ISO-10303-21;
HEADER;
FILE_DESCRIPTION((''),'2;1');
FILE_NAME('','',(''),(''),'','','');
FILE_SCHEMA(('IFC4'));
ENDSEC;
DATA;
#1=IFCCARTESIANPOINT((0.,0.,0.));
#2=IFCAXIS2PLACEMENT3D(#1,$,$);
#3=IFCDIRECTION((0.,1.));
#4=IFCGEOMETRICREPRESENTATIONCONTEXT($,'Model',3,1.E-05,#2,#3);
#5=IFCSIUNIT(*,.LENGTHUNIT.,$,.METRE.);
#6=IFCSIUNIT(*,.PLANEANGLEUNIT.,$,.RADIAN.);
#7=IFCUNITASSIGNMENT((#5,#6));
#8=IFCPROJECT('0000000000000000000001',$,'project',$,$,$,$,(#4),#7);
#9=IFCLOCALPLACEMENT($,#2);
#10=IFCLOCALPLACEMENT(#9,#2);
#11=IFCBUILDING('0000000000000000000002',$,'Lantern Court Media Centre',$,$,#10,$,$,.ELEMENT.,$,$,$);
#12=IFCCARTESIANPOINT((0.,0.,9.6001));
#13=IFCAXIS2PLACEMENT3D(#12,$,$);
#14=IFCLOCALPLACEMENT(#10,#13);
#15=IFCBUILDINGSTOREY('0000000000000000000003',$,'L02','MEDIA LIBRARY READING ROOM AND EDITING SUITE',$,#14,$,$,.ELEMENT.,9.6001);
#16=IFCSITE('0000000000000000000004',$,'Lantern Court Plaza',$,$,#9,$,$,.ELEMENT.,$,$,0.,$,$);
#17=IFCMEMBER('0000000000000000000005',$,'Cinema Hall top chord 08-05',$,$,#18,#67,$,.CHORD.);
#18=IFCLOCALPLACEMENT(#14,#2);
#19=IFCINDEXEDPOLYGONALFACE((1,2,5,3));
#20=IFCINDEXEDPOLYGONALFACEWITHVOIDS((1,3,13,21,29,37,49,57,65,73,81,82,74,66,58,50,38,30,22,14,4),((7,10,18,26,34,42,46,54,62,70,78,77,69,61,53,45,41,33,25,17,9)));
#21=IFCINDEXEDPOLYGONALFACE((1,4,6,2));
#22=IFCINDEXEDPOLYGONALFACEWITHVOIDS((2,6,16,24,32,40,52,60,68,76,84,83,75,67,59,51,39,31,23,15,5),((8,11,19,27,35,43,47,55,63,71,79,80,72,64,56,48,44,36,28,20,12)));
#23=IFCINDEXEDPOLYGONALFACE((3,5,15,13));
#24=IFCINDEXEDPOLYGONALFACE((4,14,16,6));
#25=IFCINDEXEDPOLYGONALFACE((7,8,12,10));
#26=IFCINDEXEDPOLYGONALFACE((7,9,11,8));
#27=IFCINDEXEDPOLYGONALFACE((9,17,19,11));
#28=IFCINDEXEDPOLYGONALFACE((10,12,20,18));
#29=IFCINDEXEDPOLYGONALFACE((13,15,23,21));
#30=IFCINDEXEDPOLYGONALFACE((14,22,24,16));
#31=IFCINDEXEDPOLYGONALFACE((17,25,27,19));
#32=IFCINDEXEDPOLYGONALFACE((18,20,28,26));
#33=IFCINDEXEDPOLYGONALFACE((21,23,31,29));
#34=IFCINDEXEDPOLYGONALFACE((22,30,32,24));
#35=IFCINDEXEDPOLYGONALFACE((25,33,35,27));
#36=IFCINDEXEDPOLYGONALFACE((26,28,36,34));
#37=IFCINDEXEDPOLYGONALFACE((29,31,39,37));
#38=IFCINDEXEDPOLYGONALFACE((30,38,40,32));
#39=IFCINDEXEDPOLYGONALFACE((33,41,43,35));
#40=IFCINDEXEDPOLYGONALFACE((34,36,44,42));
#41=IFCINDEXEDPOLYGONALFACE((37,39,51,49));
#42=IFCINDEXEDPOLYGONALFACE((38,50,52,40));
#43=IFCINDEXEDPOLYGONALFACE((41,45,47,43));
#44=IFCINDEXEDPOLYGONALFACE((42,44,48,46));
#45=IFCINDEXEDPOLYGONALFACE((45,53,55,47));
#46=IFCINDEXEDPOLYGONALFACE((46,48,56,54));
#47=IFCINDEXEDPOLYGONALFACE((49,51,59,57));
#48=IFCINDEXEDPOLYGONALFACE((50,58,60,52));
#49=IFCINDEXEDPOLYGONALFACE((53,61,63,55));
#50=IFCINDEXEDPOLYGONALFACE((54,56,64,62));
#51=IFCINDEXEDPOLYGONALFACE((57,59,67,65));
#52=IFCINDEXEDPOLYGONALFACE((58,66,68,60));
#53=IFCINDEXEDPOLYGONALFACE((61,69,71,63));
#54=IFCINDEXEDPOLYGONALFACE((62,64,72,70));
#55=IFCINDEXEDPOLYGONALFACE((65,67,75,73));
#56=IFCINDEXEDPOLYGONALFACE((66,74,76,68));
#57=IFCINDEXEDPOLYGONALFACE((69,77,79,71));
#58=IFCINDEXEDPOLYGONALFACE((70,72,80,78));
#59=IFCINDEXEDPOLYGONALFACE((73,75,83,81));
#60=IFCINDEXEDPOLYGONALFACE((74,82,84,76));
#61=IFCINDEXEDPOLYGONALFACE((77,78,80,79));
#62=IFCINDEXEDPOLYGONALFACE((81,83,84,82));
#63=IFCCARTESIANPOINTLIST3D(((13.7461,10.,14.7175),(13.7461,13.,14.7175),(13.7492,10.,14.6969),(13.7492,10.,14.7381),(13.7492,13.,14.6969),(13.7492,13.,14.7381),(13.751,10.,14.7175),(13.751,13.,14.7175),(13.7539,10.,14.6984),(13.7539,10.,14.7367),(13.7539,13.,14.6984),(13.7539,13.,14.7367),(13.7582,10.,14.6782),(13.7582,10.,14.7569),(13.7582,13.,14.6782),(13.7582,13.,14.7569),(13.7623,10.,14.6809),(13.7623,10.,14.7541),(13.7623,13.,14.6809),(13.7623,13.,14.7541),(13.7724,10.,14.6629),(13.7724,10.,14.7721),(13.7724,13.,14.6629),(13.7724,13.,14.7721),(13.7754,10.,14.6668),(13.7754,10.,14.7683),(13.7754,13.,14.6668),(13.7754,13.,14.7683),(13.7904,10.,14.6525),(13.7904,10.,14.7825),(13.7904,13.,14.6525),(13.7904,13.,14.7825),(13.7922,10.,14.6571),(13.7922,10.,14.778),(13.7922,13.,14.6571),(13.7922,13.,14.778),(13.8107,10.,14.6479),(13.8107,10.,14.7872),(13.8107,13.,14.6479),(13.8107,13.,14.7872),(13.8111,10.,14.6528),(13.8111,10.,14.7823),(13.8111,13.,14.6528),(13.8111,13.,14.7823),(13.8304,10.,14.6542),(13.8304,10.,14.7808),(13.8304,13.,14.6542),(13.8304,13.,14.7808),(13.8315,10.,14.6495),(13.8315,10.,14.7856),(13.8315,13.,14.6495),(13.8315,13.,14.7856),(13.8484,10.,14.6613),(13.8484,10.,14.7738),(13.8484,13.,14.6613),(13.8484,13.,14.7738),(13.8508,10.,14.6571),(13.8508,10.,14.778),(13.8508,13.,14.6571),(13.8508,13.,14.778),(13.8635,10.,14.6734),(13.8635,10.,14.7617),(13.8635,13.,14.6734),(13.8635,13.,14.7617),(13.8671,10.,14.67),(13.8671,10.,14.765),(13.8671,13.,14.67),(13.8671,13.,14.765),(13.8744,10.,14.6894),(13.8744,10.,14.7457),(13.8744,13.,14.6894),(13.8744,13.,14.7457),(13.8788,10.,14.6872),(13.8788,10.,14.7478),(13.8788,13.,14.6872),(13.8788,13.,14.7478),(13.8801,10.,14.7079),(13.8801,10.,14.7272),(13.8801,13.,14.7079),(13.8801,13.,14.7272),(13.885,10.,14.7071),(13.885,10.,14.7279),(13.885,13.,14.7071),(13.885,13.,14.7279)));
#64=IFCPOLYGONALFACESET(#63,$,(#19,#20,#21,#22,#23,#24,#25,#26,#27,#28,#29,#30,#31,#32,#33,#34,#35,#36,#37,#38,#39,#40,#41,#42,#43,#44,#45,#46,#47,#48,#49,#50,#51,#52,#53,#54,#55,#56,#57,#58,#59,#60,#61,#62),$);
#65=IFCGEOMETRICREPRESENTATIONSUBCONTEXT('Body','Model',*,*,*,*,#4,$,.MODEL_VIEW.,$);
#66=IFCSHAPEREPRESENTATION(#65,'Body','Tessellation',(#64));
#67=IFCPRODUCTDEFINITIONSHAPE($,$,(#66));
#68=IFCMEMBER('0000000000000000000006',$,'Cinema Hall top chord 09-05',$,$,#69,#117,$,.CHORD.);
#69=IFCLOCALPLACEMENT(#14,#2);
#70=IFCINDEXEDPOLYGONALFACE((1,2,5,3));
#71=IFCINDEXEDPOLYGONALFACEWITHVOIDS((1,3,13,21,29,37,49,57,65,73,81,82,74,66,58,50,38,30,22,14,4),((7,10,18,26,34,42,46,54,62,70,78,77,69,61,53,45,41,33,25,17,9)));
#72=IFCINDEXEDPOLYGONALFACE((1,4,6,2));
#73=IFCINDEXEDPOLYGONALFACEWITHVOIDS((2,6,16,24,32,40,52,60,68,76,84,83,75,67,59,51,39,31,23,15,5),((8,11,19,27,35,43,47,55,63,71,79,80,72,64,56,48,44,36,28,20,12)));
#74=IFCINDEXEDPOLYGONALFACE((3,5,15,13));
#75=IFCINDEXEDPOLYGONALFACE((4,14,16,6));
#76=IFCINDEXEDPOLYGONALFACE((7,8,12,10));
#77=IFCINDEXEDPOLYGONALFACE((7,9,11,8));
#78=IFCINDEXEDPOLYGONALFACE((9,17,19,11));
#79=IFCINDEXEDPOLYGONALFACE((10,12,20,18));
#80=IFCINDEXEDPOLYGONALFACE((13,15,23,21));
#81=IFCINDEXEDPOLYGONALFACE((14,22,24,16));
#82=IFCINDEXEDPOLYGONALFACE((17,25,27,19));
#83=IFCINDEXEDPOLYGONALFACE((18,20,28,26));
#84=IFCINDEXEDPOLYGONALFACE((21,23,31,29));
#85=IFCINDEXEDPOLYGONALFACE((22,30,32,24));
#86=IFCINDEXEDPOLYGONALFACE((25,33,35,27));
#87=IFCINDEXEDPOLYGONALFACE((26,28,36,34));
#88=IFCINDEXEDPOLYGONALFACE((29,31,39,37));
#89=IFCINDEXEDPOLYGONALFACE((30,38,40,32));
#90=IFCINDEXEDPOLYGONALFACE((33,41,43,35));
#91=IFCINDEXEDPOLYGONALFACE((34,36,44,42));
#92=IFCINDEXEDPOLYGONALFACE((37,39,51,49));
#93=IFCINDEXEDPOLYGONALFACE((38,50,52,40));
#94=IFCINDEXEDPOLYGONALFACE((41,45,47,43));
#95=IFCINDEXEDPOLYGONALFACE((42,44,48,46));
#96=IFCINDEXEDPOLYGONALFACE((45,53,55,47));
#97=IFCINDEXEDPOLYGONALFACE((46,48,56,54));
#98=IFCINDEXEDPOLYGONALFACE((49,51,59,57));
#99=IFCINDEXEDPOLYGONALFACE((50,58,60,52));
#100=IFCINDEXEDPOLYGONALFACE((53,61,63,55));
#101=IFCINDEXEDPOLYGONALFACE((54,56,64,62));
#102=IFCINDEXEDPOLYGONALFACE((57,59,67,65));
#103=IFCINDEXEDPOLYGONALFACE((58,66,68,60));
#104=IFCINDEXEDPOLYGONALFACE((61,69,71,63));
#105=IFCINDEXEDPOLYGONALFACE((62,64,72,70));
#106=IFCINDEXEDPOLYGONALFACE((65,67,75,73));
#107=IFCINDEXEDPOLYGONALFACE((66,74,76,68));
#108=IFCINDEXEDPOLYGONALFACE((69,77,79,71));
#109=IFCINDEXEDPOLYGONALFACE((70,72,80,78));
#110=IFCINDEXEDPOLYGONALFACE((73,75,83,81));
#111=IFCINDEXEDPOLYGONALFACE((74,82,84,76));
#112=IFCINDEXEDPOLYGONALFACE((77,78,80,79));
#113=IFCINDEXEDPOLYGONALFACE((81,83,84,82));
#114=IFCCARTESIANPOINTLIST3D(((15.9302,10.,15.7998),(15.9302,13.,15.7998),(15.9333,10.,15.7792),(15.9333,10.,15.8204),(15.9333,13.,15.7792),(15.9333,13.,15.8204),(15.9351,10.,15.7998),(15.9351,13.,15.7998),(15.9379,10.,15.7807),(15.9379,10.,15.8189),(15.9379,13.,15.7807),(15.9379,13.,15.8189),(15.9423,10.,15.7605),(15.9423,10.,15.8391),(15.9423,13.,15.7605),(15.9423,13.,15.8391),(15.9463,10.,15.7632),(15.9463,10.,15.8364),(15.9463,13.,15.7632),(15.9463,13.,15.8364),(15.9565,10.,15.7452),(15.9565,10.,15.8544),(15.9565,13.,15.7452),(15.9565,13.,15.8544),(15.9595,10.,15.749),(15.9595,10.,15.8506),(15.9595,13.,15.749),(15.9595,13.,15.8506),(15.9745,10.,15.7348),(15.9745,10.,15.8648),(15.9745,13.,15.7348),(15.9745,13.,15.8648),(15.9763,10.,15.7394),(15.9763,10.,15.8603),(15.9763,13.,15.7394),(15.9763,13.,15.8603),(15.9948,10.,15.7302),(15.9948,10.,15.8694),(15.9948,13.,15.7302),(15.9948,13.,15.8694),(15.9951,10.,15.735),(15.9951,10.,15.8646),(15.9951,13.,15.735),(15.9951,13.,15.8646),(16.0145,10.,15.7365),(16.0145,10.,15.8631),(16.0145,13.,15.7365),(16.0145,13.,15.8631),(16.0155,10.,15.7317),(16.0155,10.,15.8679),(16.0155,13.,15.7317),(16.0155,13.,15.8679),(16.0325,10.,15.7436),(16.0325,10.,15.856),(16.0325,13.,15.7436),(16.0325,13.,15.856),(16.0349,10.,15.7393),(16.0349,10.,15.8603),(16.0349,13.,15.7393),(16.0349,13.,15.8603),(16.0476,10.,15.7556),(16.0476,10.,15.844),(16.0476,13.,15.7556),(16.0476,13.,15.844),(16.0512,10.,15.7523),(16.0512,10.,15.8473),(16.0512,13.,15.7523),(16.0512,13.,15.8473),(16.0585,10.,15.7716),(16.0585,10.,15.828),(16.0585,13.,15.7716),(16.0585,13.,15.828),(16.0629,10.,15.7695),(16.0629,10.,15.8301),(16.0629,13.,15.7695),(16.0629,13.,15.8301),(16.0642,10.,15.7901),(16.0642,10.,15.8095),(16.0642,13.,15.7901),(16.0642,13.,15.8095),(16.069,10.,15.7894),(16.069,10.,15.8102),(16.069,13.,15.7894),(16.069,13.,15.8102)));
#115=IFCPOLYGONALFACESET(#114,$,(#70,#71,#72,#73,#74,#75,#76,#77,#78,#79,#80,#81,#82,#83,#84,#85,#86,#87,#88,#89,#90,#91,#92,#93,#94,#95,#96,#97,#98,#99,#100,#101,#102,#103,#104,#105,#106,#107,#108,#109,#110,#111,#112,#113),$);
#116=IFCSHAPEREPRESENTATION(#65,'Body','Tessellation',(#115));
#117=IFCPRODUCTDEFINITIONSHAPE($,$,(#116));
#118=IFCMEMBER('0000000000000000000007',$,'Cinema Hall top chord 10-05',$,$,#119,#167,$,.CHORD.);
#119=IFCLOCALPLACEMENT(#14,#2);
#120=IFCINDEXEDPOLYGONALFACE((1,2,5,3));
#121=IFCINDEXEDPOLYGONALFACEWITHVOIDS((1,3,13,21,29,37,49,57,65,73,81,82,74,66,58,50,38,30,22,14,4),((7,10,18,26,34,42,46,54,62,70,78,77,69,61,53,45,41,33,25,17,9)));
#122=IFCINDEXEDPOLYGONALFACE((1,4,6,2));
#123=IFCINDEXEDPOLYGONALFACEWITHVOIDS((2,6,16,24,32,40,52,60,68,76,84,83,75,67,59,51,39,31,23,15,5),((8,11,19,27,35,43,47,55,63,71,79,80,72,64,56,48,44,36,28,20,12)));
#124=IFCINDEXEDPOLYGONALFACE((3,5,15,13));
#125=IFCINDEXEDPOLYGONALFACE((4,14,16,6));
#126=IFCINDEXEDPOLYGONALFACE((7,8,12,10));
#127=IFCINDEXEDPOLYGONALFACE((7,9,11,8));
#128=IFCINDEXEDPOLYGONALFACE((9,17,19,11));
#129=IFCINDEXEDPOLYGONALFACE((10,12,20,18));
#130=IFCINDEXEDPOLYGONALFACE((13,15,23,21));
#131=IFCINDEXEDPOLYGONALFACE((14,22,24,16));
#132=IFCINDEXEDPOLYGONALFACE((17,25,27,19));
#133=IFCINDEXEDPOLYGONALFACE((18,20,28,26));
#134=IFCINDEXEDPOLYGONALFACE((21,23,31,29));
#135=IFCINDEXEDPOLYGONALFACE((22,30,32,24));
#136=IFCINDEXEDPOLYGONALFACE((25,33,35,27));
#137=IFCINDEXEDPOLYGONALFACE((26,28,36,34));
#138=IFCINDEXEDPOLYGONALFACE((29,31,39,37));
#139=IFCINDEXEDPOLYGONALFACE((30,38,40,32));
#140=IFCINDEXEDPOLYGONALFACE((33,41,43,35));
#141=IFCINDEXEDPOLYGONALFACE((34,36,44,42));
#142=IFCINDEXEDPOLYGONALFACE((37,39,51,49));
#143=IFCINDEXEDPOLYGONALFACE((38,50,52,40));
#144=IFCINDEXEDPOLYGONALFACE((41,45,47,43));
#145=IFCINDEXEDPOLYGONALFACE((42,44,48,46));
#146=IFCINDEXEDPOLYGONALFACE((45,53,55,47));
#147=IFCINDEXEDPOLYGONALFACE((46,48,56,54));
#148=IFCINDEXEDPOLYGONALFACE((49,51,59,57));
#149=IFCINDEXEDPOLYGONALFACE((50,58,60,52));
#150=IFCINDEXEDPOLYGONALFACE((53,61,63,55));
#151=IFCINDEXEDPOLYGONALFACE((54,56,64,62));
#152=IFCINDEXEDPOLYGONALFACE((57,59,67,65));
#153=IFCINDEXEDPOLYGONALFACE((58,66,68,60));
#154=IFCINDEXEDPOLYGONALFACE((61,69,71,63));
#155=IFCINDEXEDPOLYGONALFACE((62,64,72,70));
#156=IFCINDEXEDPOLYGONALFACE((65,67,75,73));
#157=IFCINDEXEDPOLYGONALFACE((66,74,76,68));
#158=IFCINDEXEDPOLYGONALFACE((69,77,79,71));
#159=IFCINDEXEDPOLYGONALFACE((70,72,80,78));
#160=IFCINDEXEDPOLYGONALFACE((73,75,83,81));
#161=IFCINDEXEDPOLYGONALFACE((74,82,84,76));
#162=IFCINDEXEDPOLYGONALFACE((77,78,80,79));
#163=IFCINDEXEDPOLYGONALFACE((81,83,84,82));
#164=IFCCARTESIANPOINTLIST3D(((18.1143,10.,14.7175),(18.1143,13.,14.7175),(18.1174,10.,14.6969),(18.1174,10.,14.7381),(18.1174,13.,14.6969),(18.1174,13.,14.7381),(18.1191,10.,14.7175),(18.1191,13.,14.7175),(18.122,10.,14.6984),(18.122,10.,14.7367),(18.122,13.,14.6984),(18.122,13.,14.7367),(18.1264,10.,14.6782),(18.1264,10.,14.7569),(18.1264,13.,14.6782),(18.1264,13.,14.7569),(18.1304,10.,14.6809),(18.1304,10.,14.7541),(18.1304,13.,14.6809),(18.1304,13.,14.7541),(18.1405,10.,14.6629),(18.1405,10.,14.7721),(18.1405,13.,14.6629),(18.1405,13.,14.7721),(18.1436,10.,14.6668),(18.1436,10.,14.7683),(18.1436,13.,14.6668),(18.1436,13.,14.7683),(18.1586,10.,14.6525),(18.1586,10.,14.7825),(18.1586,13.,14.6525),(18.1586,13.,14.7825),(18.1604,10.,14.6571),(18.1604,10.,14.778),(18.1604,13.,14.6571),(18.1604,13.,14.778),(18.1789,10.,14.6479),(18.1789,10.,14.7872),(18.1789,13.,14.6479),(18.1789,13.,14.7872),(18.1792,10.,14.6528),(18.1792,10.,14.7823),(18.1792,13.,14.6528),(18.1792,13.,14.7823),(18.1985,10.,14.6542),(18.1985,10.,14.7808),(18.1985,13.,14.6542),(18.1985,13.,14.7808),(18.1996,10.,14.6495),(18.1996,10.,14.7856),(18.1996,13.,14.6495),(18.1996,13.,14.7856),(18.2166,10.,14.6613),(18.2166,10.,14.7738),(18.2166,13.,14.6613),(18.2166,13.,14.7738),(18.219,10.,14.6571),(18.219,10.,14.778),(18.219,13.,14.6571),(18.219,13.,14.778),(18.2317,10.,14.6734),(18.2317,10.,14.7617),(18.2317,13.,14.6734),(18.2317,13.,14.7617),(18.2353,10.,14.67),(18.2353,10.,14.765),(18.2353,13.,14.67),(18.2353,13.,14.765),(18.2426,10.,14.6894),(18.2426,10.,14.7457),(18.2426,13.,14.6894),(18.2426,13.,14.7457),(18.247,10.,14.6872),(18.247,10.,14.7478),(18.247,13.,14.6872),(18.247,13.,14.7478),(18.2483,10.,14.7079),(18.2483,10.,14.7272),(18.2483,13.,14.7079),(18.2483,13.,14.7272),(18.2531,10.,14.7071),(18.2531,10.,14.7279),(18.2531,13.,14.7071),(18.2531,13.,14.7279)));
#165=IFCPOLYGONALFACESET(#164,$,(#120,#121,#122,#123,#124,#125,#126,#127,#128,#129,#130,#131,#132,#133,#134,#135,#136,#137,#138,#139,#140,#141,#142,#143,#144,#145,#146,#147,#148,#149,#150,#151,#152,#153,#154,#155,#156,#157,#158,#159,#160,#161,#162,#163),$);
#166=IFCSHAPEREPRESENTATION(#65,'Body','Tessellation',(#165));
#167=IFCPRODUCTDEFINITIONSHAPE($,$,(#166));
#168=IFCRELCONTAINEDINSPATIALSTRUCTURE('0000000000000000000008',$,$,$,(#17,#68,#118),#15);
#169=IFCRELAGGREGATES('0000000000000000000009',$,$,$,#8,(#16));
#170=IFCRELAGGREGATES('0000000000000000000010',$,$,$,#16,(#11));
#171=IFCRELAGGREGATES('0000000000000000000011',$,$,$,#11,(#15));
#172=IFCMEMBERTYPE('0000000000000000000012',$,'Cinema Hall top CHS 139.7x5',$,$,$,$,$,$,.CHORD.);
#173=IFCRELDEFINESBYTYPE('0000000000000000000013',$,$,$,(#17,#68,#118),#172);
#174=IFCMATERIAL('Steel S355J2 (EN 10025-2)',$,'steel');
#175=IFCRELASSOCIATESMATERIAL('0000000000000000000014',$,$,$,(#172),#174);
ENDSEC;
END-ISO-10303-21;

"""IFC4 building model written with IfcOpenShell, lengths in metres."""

from ifc_helpers import new_model, si_unit, direction, frame, origin, origin_2d, place, context, subcontext, project, spatial, hollow_circle, extrude, material, material_profile, profile_set, type_object, element, save


model = new_model("IFC4")

# Units and contexts
model_context = context("Model", 3, precision=1e-05, world=origin(), true_north=direction((0.0, 1.0)))
body_context = subcontext(model_context, "Body", "Model", "MODEL_VIEW")
ifc_project = project(units=[si_unit("LENGTHUNIT", "METRE"), si_unit("PLANEANGLEUNIT", "RADIAN")], contexts=[model_context])

# Site, building, storey
site_placement = place(None, origin())
site = spatial("IfcSite", under=ifc_project, at=site_placement, Name="Lantern Court Plaza", CompositionType="ELEMENT", RefElevation=0.0)
building_placement = place(site_placement, origin())
building = spatial("IfcBuilding", under=site, at=building_placement, Name="Lantern Court Media Centre", CompositionType="ELEMENT")
storey_placement = place(building_placement, frame((0.0, 0.0, 9.6001)))
storey = spatial("IfcBuildingStorey", under=building, at=storey_placement, Name="L02", Description="MEDIA LIBRARY READING ROOM AND EDITING SUITE", CompositionType="ELEMENT", Elevation=9.6001)

# Members
ifc_material = material(Name="Steel S355J2 (EN 10025-2)", Category="steel")
ifc_material_profile_1 = material_profile(ifc_material, hollow_circle(Radius=0.0698, WallThickness=0.0049, at=origin_2d()), Name="Cinema Hall top CHS 139.7x5")
ifc_profile_set_1 = profile_set([ifc_material_profile_1], Name="Steel S355J2 (EN 10025-2)")
member_type_1 = type_object("IfcMemberType", Name="Cinema Hall top CHS 139.7x5", PredefinedType="CHORD", material=ifc_profile_set_1)
for number, where, z_axis, x_axis, name in (
    (1, (13.8159, 10.0, 14.7175), (0.0, 1.0, 0.0), (-1.0, 0.0, 0.0), "Cinema Hall top chord 08-05"),
    (2, (16.0, 10.0, 15.7998), (0.0, 1.0, 0.0), (-1.0, 0.0, 0.0), "Cinema Hall top chord 09-05"),
    (3, (18.1841, 10.0, 14.7175), (0.0, 1.0, 0.0), (-1.0, 0.0, 0.0), "Cinema Hall top chord 10-05"),
):
    element("IfcMember", number, at=place(storey_placement, frame(where, z_axis=z_axis, x_axis=x_axis)), inside=storey, type_object=member_type_1, Name=name, PredefinedType="CHORD", context=body_context, shape_type="SweptSolid", body=[
        extrude(hollow_circle(Radius=0.0698, WallThickness=0.0049, at=origin_2d()), origin(), (0.0, 0.0, 1.0), 3.0),
    ])

save(model, "model.ifc")
